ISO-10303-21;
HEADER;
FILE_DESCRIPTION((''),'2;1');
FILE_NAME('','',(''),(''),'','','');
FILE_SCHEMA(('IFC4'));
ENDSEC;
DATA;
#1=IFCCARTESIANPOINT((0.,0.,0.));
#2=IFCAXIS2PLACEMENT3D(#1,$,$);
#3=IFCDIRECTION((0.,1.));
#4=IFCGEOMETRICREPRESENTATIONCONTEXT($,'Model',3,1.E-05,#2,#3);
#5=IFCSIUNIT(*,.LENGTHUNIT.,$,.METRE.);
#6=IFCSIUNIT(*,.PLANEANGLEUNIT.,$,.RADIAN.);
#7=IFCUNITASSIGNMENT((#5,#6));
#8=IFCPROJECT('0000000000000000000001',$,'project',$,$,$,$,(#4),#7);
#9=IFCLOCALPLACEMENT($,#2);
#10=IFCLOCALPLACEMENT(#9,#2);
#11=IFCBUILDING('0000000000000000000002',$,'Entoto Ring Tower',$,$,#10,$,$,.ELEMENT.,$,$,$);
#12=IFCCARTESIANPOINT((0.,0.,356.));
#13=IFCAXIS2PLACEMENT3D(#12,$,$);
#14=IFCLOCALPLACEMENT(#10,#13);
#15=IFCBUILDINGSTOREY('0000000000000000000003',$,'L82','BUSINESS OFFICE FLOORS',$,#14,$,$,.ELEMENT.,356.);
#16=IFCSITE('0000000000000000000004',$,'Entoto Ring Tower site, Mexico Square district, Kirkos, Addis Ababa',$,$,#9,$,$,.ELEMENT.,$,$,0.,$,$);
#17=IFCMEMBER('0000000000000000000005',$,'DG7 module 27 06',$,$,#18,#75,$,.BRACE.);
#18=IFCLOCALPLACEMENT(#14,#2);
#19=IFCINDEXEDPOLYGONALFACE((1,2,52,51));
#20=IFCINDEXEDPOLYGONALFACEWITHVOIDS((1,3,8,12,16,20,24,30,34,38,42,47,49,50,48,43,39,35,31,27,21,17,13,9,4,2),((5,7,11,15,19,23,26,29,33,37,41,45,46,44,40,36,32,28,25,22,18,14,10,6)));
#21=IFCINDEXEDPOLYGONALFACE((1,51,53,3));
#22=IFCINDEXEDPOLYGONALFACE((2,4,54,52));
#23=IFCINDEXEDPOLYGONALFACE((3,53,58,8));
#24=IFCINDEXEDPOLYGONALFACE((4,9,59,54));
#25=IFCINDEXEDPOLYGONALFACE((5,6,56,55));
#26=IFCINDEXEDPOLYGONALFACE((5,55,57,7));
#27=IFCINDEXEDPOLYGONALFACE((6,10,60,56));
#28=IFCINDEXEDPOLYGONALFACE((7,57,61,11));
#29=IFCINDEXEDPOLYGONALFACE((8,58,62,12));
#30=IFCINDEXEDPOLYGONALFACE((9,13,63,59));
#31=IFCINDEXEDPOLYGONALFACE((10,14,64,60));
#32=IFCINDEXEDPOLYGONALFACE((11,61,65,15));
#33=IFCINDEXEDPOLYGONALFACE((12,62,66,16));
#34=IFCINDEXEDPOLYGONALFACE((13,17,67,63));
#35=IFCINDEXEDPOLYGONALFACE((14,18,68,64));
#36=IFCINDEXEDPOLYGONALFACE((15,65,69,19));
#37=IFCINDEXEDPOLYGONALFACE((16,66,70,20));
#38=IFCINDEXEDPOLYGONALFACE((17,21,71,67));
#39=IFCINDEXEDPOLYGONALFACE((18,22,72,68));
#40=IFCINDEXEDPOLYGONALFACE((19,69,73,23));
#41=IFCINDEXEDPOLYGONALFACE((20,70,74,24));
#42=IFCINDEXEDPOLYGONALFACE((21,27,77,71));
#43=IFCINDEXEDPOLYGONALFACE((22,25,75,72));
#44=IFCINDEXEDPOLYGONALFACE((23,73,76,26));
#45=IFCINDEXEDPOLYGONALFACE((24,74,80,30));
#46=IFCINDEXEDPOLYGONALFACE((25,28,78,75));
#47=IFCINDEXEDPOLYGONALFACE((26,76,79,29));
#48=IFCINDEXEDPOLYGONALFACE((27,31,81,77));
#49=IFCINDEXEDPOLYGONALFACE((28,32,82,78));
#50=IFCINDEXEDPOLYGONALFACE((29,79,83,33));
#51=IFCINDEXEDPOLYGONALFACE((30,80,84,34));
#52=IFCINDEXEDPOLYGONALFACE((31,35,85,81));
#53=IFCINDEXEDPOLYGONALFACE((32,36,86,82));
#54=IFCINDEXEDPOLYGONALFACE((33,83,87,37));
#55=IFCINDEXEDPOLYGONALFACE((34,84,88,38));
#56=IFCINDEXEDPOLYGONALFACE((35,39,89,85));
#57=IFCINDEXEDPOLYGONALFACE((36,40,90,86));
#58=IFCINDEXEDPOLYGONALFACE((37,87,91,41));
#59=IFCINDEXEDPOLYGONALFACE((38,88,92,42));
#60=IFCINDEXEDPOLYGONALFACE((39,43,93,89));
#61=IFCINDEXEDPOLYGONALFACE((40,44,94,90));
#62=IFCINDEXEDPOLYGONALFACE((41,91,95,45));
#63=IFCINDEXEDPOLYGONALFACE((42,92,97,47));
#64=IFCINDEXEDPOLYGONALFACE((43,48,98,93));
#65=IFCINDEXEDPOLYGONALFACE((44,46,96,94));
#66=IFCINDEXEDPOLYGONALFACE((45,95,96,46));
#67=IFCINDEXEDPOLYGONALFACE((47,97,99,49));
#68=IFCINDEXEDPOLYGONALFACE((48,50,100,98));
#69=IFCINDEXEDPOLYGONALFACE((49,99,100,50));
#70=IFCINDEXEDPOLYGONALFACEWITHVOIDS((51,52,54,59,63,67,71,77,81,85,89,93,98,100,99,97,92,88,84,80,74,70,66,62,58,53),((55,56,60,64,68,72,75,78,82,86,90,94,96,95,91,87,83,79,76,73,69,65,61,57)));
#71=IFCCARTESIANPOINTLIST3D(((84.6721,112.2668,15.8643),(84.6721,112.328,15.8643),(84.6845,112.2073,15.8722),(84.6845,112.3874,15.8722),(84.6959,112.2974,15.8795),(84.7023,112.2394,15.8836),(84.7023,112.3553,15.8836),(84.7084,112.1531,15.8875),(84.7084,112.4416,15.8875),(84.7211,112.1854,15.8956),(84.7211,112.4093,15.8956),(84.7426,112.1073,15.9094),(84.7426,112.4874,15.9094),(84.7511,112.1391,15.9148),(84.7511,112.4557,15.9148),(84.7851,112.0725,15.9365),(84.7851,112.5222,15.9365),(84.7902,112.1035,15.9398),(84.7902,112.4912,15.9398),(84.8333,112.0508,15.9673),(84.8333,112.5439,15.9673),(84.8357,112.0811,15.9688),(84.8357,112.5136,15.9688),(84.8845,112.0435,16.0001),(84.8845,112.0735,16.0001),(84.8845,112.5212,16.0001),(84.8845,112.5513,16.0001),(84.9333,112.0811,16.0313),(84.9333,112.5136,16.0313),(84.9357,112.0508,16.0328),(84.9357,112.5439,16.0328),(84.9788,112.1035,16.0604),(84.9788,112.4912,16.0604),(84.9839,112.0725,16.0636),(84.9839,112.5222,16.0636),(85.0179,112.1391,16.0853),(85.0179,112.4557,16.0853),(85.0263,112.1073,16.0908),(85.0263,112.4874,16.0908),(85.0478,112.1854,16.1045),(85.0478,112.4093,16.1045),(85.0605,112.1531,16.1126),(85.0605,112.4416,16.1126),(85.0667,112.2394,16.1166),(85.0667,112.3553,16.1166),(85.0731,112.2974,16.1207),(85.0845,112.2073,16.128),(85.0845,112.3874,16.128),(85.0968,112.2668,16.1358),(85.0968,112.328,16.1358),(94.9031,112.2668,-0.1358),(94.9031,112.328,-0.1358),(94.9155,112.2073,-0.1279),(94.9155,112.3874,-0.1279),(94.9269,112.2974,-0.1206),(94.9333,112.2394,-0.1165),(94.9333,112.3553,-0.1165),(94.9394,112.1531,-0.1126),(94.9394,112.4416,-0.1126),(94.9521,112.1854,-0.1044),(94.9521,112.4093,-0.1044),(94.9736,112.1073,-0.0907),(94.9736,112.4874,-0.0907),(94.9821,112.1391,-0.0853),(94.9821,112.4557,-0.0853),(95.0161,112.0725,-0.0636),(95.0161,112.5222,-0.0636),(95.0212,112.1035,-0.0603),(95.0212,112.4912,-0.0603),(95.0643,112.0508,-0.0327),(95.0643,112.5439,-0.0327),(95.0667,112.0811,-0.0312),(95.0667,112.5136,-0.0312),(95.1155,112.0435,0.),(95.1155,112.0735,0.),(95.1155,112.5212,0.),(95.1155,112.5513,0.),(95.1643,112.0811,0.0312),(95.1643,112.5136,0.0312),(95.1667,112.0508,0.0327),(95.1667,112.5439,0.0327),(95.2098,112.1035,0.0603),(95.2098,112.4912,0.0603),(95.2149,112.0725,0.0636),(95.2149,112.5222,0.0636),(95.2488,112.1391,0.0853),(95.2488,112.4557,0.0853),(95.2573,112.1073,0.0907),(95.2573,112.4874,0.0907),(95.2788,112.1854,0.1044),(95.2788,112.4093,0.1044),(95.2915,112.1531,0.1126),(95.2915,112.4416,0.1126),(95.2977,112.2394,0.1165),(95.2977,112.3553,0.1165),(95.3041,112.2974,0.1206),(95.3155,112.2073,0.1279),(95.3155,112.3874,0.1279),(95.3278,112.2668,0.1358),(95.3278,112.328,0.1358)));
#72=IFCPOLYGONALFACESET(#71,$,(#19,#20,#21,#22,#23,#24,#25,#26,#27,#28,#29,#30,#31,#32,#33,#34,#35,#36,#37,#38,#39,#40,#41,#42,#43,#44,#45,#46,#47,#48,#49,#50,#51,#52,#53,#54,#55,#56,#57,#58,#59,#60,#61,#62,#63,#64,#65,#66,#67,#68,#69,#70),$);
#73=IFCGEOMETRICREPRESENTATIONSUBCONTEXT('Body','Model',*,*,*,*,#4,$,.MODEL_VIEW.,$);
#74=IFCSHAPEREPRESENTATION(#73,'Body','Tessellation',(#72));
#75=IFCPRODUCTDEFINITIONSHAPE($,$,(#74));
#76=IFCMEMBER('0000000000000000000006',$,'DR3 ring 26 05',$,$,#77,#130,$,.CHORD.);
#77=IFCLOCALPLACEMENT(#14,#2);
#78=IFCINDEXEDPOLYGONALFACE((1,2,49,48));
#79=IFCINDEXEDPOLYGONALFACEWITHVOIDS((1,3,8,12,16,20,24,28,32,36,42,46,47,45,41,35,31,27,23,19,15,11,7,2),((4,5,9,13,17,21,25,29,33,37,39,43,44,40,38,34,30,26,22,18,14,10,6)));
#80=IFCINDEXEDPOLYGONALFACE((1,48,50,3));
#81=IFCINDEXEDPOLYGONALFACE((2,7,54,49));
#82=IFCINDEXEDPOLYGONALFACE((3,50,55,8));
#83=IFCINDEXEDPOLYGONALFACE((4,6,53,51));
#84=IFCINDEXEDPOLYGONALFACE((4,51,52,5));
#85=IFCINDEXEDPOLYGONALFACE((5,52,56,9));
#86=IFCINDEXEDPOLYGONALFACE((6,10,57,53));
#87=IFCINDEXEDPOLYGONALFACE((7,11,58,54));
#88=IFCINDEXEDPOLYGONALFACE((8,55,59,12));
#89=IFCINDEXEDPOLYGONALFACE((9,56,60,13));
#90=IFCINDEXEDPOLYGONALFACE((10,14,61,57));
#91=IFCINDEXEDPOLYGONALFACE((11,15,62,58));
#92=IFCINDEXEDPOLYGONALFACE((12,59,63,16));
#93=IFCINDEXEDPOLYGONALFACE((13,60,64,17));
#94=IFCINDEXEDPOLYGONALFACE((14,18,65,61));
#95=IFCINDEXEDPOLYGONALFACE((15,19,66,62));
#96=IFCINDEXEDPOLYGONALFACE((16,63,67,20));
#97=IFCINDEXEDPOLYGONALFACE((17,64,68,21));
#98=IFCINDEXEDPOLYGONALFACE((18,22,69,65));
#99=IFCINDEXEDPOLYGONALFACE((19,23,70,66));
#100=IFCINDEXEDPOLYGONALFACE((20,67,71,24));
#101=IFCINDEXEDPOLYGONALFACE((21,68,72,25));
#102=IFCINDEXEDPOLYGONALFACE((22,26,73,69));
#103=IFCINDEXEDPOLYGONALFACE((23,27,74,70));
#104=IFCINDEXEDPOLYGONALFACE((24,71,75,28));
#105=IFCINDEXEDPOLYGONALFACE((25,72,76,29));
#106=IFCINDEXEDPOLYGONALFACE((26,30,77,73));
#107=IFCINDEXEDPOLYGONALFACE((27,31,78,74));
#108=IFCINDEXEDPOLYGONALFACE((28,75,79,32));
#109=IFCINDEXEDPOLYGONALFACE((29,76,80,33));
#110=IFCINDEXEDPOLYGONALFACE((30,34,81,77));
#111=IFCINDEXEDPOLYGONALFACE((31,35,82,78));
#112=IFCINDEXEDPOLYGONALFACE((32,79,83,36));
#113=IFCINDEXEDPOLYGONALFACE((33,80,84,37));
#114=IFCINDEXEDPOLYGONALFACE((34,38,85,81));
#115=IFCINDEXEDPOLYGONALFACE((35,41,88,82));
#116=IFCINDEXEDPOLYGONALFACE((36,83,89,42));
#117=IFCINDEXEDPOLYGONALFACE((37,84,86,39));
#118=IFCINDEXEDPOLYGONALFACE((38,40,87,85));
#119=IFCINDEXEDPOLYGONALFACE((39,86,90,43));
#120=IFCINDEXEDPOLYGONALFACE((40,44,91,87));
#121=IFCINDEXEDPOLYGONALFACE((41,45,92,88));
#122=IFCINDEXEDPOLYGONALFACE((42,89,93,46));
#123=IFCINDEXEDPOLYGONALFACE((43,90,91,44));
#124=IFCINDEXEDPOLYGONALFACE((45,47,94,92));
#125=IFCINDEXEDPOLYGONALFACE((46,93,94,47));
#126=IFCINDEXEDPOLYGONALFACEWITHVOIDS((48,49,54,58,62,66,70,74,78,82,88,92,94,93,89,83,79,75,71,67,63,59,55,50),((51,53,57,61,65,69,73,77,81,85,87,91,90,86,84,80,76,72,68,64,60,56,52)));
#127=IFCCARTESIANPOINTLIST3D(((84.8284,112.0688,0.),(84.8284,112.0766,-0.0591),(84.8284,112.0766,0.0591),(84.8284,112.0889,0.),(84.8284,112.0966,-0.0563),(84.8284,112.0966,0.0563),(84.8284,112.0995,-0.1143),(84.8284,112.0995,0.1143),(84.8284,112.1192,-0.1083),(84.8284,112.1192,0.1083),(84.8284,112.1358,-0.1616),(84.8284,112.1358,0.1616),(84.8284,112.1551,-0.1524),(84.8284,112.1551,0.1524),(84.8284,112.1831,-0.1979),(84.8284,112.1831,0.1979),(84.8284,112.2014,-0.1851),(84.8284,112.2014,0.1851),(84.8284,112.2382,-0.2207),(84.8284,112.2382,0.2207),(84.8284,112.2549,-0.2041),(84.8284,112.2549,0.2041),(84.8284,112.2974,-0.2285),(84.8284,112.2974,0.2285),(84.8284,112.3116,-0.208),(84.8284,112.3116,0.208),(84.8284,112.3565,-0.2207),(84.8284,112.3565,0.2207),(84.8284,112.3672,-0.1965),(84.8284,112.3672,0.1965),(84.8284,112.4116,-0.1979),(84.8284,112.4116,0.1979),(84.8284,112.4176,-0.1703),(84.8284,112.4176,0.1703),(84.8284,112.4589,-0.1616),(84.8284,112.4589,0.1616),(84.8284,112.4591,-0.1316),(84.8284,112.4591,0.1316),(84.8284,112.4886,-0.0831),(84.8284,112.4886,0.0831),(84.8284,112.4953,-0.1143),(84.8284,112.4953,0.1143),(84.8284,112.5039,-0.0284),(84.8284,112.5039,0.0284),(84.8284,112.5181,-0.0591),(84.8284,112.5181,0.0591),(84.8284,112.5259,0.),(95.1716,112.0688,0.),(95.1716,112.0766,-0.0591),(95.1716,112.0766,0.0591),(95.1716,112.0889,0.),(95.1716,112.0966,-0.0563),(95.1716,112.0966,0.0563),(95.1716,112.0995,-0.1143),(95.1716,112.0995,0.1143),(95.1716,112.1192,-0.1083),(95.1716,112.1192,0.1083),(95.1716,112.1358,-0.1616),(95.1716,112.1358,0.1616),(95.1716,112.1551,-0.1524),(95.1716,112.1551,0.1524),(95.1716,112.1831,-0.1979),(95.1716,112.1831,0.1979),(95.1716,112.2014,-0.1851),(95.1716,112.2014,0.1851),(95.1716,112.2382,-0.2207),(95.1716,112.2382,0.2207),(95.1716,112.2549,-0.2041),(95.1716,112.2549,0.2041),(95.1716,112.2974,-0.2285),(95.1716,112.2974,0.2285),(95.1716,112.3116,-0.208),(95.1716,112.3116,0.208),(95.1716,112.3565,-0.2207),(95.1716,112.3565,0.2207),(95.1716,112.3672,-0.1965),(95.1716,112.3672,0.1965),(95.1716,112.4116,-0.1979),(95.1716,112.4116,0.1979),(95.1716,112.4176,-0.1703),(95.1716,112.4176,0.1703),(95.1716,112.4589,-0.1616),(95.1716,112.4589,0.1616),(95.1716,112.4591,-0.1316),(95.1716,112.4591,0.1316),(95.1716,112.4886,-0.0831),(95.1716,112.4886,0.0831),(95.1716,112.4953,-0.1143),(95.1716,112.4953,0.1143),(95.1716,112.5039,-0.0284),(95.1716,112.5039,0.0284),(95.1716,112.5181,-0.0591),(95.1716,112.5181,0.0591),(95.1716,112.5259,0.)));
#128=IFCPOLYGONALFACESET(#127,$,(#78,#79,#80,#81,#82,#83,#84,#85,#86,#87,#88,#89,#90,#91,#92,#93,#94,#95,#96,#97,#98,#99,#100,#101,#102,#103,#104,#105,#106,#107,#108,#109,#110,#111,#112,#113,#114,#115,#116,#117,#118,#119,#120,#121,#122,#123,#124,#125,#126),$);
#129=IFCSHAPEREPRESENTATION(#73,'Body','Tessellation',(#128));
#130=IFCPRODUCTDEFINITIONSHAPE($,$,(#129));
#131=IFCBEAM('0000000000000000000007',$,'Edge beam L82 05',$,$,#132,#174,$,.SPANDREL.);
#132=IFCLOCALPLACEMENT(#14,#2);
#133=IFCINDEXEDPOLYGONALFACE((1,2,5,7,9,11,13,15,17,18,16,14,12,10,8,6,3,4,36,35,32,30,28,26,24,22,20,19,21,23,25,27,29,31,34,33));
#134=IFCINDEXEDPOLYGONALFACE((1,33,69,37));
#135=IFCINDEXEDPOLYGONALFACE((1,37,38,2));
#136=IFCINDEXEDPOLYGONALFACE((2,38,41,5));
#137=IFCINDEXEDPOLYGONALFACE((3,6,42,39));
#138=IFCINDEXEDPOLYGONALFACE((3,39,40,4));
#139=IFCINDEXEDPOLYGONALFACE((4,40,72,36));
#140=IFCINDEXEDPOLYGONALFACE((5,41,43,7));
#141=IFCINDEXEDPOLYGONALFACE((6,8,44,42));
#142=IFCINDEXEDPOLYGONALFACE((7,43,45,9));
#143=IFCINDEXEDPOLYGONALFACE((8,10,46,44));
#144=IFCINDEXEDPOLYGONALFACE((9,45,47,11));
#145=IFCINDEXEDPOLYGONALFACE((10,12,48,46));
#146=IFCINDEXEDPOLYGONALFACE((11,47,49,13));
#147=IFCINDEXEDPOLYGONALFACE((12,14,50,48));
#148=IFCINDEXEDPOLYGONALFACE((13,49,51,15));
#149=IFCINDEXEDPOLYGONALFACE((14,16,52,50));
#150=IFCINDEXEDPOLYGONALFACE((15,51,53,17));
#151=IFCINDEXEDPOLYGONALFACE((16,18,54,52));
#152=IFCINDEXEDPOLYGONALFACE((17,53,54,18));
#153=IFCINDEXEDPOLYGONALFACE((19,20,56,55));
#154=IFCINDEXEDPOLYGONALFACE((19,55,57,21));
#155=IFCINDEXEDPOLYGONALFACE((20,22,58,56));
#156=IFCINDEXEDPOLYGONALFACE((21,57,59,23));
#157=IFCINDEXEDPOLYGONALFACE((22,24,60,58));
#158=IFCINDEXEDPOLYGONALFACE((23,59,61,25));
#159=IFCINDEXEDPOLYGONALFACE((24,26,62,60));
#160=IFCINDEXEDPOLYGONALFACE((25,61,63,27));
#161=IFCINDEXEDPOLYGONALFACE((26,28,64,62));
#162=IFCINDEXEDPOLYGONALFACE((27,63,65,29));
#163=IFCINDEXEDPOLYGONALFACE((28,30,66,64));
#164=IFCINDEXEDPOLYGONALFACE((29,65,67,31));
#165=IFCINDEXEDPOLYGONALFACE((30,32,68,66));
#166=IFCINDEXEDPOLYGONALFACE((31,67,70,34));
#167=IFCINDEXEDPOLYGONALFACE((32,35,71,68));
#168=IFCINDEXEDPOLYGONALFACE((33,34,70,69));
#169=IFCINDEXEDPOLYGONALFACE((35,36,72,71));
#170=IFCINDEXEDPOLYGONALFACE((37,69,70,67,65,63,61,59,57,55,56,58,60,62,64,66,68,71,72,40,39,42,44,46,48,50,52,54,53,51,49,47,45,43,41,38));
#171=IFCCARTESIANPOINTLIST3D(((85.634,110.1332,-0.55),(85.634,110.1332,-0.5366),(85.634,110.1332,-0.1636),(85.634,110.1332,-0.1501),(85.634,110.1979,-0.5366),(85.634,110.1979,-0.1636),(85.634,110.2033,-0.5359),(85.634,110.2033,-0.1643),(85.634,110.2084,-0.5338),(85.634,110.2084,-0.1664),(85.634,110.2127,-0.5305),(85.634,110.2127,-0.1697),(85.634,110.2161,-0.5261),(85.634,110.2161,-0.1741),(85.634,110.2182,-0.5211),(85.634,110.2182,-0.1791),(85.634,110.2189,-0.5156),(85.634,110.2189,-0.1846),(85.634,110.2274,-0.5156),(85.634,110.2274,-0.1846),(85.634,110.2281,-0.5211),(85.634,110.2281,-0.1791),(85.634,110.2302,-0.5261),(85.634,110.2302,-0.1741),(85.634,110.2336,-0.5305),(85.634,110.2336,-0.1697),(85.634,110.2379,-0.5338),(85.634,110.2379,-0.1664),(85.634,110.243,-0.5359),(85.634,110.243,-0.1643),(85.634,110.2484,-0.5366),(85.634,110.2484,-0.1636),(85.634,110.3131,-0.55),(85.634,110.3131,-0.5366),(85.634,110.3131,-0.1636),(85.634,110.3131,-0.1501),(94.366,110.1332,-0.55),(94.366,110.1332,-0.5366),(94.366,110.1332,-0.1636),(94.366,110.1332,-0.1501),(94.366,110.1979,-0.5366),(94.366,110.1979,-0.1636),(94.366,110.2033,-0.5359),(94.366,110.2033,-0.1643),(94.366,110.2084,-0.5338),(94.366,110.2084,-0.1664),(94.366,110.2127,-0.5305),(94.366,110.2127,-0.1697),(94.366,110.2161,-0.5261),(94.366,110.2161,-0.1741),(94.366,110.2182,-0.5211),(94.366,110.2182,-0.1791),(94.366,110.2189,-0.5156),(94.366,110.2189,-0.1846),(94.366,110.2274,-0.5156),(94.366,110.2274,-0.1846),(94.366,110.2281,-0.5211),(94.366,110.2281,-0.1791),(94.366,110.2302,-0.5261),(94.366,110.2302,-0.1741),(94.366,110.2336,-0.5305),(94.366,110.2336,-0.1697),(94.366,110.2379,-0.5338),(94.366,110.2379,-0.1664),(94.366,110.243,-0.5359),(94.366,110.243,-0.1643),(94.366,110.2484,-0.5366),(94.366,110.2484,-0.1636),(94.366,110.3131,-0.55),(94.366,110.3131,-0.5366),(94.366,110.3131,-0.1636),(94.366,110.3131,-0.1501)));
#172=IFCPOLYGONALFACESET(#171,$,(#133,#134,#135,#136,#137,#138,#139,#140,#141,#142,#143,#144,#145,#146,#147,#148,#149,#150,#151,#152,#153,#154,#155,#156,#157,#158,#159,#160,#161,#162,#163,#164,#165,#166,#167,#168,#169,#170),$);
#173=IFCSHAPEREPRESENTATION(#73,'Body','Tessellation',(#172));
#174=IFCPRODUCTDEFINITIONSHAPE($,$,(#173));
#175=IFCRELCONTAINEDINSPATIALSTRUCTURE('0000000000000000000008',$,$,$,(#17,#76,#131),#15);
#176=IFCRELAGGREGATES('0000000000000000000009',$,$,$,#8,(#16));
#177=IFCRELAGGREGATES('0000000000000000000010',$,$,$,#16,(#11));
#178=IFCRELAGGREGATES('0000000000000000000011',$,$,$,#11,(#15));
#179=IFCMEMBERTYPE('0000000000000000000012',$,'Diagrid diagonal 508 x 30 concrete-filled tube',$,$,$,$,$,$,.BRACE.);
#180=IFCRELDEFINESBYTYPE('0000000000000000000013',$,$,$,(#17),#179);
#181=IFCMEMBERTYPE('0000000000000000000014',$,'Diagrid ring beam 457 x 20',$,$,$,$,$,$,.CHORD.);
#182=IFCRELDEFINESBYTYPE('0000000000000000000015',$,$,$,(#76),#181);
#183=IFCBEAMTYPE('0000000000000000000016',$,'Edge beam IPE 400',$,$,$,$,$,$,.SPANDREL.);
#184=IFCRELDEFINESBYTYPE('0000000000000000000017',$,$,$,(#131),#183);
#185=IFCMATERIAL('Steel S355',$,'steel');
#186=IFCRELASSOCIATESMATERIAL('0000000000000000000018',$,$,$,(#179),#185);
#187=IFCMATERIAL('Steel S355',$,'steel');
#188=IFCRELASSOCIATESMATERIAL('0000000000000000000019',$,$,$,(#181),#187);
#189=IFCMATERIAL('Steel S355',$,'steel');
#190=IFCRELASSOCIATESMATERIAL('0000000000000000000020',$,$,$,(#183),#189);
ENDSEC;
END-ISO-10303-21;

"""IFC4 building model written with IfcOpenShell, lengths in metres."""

from ifc_helpers import new_model, si_unit, direction, frame, origin, origin_2d, place, context, subcontext, project, spatial, circle, hollow_circle, i_section, extrude, material, material_profile, profile_set, type_object, element, save


model = new_model("IFC4")

# Units and contexts
model_context = context("Model", 3, precision=1e-05, world=origin(), true_north=direction((0.0, 1.0)))
body_context = subcontext(model_context, "Body", "Model", "MODEL_VIEW")
ifc_project = project(units=[si_unit("LENGTHUNIT", "METRE"), si_unit("PLANEANGLEUNIT", "RADIAN")], contexts=[model_context])

# Site, building, storey
site_placement = place(None, origin())
site = spatial("IfcSite", under=ifc_project, at=site_placement, Name="Entoto Ring Tower site, Mexico Square district, Kirkos, Addis Ababa", CompositionType="ELEMENT", RefElevation=0.0)
building_placement = place(site_placement, origin())
building = spatial("IfcBuilding", under=site, at=building_placement, Name="Entoto Ring Tower", CompositionType="ELEMENT")
storey_placement = place(building_placement, frame((0.0, 0.0, 356.0)))
storey = spatial("IfcBuildingStorey", under=building, at=storey_placement, Name="L82", Description="BUSINESS OFFICE FLOORS", CompositionType="ELEMENT", Elevation=356.0)

# Members
ifc_material_1 = material(Name="Steel S355", Category="steel")
ifc_material_profile_1 = material_profile(ifc_material_1, hollow_circle(Radius=0.2539, WallThickness=0.03, at=origin_2d()), Name="CHS 508 x 30")
ifc_material_2 = material(Name="Concrete C60/75", Category="concrete")
ifc_material_profile_2 = material_profile(ifc_material_2, circle(Radius=0.2241, at=origin_2d()), Name="Concrete C60/75 infill")
ifc_profile_set_1 = profile_set([ifc_material_profile_1, ifc_material_profile_2], Name="Steel S355")
member_type_1 = type_object("IfcMemberType", Name="Diagrid diagonal 508 x 30 concrete-filled tube", PredefinedType="BRACE", material=ifc_profile_set_1)
member_1_placement = place(storey_placement, frame((95.1155, 112.2974, 0.0), z_axis=(-0.538716, 0.0, 0.842488), x_axis=(0.0, -1.0, 0.0)))
element("IfcMember", 1, at=member_1_placement, inside=storey, type_object=member_type_1, Name="DG7 module 27 06", PredefinedType="BRACE", context=body_context, shape_type="SweptSolid", body=[
    extrude(hollow_circle(Radius=0.2539, WallThickness=0.03, at=origin_2d()), origin(), (0.0, 0.0, 1.0), 18.9915),
])
ifc_material_3 = material(Name="Steel S355", Category="steel")
ifc_material_profile_3 = material_profile(ifc_material_3, hollow_circle(Radius=0.2285, WallThickness=0.02, at=origin_2d()), Name="CHS 457 x 20")
ifc_material_4 = material(Name="Concrete C60/75", Category="concrete")
ifc_material_profile_4 = material_profile(ifc_material_4, circle(Radius=0.2085, at=origin_2d()), Name="Concrete C60/75 infill")
ifc_profile_set_2 = profile_set([ifc_material_profile_3, ifc_material_profile_4], Name="Steel S355")
member_type_2 = type_object("IfcMemberType", Name="Diagrid ring beam 457 x 20", PredefinedType="CHORD", material=ifc_profile_set_2)
member_2_placement = place(storey_placement, frame((95.1716, 112.2974, 0.0), z_axis=(-1.0, 0.0, 0.0), x_axis=(0.0, -1.0, 0.0)))
element("IfcMember", 2, at=member_2_placement, inside=storey, type_object=member_type_2, Name="DR3 ring 26 05", PredefinedType="CHORD", context=body_context, shape_type="SweptSolid", body=[
    extrude(hollow_circle(Radius=0.2285, WallThickness=0.02, at=origin_2d()), origin(), (0.0, 0.0, 1.0), 10.3433),
])

# Beam
ifc_material_5 = material(Name="Steel S355", Category="steel")
ifc_material_profile_5 = material_profile(ifc_material_5, i_section(OverallWidth=0.1799, OverallDepth=0.3999, WebThickness=0.0085, FlangeThickness=0.0134, FilletRadius=0.021, at=origin_2d()), Name="IPE 400")
ifc_profile_set_3 = profile_set([ifc_material_profile_5], Name="Steel S355")
beam_type_1 = type_object("IfcBeamType", Name="Edge beam IPE 400", PredefinedType="SPANDREL", material=ifc_profile_set_3)
beam_1_placement = place(storey_placement, frame((94.366, 110.2231, -0.3501), z_axis=(-1.0, 0.0, 0.0), x_axis=(0.0, -1.0, 0.0)))
element("IfcBeam", 3, at=beam_1_placement, inside=storey, type_object=beam_type_1, Name="Edge beam L82 05", PredefinedType="SPANDREL", context=body_context, shape_type="SweptSolid", body=[
    extrude(i_section(OverallWidth=0.1799, OverallDepth=0.3999, WebThickness=0.0085, FlangeThickness=0.0134, FilletRadius=0.021, at=origin_2d()), origin(), (0.0, 0.0, 1.0), 8.7319),
])

save(model, "model.ifc")
